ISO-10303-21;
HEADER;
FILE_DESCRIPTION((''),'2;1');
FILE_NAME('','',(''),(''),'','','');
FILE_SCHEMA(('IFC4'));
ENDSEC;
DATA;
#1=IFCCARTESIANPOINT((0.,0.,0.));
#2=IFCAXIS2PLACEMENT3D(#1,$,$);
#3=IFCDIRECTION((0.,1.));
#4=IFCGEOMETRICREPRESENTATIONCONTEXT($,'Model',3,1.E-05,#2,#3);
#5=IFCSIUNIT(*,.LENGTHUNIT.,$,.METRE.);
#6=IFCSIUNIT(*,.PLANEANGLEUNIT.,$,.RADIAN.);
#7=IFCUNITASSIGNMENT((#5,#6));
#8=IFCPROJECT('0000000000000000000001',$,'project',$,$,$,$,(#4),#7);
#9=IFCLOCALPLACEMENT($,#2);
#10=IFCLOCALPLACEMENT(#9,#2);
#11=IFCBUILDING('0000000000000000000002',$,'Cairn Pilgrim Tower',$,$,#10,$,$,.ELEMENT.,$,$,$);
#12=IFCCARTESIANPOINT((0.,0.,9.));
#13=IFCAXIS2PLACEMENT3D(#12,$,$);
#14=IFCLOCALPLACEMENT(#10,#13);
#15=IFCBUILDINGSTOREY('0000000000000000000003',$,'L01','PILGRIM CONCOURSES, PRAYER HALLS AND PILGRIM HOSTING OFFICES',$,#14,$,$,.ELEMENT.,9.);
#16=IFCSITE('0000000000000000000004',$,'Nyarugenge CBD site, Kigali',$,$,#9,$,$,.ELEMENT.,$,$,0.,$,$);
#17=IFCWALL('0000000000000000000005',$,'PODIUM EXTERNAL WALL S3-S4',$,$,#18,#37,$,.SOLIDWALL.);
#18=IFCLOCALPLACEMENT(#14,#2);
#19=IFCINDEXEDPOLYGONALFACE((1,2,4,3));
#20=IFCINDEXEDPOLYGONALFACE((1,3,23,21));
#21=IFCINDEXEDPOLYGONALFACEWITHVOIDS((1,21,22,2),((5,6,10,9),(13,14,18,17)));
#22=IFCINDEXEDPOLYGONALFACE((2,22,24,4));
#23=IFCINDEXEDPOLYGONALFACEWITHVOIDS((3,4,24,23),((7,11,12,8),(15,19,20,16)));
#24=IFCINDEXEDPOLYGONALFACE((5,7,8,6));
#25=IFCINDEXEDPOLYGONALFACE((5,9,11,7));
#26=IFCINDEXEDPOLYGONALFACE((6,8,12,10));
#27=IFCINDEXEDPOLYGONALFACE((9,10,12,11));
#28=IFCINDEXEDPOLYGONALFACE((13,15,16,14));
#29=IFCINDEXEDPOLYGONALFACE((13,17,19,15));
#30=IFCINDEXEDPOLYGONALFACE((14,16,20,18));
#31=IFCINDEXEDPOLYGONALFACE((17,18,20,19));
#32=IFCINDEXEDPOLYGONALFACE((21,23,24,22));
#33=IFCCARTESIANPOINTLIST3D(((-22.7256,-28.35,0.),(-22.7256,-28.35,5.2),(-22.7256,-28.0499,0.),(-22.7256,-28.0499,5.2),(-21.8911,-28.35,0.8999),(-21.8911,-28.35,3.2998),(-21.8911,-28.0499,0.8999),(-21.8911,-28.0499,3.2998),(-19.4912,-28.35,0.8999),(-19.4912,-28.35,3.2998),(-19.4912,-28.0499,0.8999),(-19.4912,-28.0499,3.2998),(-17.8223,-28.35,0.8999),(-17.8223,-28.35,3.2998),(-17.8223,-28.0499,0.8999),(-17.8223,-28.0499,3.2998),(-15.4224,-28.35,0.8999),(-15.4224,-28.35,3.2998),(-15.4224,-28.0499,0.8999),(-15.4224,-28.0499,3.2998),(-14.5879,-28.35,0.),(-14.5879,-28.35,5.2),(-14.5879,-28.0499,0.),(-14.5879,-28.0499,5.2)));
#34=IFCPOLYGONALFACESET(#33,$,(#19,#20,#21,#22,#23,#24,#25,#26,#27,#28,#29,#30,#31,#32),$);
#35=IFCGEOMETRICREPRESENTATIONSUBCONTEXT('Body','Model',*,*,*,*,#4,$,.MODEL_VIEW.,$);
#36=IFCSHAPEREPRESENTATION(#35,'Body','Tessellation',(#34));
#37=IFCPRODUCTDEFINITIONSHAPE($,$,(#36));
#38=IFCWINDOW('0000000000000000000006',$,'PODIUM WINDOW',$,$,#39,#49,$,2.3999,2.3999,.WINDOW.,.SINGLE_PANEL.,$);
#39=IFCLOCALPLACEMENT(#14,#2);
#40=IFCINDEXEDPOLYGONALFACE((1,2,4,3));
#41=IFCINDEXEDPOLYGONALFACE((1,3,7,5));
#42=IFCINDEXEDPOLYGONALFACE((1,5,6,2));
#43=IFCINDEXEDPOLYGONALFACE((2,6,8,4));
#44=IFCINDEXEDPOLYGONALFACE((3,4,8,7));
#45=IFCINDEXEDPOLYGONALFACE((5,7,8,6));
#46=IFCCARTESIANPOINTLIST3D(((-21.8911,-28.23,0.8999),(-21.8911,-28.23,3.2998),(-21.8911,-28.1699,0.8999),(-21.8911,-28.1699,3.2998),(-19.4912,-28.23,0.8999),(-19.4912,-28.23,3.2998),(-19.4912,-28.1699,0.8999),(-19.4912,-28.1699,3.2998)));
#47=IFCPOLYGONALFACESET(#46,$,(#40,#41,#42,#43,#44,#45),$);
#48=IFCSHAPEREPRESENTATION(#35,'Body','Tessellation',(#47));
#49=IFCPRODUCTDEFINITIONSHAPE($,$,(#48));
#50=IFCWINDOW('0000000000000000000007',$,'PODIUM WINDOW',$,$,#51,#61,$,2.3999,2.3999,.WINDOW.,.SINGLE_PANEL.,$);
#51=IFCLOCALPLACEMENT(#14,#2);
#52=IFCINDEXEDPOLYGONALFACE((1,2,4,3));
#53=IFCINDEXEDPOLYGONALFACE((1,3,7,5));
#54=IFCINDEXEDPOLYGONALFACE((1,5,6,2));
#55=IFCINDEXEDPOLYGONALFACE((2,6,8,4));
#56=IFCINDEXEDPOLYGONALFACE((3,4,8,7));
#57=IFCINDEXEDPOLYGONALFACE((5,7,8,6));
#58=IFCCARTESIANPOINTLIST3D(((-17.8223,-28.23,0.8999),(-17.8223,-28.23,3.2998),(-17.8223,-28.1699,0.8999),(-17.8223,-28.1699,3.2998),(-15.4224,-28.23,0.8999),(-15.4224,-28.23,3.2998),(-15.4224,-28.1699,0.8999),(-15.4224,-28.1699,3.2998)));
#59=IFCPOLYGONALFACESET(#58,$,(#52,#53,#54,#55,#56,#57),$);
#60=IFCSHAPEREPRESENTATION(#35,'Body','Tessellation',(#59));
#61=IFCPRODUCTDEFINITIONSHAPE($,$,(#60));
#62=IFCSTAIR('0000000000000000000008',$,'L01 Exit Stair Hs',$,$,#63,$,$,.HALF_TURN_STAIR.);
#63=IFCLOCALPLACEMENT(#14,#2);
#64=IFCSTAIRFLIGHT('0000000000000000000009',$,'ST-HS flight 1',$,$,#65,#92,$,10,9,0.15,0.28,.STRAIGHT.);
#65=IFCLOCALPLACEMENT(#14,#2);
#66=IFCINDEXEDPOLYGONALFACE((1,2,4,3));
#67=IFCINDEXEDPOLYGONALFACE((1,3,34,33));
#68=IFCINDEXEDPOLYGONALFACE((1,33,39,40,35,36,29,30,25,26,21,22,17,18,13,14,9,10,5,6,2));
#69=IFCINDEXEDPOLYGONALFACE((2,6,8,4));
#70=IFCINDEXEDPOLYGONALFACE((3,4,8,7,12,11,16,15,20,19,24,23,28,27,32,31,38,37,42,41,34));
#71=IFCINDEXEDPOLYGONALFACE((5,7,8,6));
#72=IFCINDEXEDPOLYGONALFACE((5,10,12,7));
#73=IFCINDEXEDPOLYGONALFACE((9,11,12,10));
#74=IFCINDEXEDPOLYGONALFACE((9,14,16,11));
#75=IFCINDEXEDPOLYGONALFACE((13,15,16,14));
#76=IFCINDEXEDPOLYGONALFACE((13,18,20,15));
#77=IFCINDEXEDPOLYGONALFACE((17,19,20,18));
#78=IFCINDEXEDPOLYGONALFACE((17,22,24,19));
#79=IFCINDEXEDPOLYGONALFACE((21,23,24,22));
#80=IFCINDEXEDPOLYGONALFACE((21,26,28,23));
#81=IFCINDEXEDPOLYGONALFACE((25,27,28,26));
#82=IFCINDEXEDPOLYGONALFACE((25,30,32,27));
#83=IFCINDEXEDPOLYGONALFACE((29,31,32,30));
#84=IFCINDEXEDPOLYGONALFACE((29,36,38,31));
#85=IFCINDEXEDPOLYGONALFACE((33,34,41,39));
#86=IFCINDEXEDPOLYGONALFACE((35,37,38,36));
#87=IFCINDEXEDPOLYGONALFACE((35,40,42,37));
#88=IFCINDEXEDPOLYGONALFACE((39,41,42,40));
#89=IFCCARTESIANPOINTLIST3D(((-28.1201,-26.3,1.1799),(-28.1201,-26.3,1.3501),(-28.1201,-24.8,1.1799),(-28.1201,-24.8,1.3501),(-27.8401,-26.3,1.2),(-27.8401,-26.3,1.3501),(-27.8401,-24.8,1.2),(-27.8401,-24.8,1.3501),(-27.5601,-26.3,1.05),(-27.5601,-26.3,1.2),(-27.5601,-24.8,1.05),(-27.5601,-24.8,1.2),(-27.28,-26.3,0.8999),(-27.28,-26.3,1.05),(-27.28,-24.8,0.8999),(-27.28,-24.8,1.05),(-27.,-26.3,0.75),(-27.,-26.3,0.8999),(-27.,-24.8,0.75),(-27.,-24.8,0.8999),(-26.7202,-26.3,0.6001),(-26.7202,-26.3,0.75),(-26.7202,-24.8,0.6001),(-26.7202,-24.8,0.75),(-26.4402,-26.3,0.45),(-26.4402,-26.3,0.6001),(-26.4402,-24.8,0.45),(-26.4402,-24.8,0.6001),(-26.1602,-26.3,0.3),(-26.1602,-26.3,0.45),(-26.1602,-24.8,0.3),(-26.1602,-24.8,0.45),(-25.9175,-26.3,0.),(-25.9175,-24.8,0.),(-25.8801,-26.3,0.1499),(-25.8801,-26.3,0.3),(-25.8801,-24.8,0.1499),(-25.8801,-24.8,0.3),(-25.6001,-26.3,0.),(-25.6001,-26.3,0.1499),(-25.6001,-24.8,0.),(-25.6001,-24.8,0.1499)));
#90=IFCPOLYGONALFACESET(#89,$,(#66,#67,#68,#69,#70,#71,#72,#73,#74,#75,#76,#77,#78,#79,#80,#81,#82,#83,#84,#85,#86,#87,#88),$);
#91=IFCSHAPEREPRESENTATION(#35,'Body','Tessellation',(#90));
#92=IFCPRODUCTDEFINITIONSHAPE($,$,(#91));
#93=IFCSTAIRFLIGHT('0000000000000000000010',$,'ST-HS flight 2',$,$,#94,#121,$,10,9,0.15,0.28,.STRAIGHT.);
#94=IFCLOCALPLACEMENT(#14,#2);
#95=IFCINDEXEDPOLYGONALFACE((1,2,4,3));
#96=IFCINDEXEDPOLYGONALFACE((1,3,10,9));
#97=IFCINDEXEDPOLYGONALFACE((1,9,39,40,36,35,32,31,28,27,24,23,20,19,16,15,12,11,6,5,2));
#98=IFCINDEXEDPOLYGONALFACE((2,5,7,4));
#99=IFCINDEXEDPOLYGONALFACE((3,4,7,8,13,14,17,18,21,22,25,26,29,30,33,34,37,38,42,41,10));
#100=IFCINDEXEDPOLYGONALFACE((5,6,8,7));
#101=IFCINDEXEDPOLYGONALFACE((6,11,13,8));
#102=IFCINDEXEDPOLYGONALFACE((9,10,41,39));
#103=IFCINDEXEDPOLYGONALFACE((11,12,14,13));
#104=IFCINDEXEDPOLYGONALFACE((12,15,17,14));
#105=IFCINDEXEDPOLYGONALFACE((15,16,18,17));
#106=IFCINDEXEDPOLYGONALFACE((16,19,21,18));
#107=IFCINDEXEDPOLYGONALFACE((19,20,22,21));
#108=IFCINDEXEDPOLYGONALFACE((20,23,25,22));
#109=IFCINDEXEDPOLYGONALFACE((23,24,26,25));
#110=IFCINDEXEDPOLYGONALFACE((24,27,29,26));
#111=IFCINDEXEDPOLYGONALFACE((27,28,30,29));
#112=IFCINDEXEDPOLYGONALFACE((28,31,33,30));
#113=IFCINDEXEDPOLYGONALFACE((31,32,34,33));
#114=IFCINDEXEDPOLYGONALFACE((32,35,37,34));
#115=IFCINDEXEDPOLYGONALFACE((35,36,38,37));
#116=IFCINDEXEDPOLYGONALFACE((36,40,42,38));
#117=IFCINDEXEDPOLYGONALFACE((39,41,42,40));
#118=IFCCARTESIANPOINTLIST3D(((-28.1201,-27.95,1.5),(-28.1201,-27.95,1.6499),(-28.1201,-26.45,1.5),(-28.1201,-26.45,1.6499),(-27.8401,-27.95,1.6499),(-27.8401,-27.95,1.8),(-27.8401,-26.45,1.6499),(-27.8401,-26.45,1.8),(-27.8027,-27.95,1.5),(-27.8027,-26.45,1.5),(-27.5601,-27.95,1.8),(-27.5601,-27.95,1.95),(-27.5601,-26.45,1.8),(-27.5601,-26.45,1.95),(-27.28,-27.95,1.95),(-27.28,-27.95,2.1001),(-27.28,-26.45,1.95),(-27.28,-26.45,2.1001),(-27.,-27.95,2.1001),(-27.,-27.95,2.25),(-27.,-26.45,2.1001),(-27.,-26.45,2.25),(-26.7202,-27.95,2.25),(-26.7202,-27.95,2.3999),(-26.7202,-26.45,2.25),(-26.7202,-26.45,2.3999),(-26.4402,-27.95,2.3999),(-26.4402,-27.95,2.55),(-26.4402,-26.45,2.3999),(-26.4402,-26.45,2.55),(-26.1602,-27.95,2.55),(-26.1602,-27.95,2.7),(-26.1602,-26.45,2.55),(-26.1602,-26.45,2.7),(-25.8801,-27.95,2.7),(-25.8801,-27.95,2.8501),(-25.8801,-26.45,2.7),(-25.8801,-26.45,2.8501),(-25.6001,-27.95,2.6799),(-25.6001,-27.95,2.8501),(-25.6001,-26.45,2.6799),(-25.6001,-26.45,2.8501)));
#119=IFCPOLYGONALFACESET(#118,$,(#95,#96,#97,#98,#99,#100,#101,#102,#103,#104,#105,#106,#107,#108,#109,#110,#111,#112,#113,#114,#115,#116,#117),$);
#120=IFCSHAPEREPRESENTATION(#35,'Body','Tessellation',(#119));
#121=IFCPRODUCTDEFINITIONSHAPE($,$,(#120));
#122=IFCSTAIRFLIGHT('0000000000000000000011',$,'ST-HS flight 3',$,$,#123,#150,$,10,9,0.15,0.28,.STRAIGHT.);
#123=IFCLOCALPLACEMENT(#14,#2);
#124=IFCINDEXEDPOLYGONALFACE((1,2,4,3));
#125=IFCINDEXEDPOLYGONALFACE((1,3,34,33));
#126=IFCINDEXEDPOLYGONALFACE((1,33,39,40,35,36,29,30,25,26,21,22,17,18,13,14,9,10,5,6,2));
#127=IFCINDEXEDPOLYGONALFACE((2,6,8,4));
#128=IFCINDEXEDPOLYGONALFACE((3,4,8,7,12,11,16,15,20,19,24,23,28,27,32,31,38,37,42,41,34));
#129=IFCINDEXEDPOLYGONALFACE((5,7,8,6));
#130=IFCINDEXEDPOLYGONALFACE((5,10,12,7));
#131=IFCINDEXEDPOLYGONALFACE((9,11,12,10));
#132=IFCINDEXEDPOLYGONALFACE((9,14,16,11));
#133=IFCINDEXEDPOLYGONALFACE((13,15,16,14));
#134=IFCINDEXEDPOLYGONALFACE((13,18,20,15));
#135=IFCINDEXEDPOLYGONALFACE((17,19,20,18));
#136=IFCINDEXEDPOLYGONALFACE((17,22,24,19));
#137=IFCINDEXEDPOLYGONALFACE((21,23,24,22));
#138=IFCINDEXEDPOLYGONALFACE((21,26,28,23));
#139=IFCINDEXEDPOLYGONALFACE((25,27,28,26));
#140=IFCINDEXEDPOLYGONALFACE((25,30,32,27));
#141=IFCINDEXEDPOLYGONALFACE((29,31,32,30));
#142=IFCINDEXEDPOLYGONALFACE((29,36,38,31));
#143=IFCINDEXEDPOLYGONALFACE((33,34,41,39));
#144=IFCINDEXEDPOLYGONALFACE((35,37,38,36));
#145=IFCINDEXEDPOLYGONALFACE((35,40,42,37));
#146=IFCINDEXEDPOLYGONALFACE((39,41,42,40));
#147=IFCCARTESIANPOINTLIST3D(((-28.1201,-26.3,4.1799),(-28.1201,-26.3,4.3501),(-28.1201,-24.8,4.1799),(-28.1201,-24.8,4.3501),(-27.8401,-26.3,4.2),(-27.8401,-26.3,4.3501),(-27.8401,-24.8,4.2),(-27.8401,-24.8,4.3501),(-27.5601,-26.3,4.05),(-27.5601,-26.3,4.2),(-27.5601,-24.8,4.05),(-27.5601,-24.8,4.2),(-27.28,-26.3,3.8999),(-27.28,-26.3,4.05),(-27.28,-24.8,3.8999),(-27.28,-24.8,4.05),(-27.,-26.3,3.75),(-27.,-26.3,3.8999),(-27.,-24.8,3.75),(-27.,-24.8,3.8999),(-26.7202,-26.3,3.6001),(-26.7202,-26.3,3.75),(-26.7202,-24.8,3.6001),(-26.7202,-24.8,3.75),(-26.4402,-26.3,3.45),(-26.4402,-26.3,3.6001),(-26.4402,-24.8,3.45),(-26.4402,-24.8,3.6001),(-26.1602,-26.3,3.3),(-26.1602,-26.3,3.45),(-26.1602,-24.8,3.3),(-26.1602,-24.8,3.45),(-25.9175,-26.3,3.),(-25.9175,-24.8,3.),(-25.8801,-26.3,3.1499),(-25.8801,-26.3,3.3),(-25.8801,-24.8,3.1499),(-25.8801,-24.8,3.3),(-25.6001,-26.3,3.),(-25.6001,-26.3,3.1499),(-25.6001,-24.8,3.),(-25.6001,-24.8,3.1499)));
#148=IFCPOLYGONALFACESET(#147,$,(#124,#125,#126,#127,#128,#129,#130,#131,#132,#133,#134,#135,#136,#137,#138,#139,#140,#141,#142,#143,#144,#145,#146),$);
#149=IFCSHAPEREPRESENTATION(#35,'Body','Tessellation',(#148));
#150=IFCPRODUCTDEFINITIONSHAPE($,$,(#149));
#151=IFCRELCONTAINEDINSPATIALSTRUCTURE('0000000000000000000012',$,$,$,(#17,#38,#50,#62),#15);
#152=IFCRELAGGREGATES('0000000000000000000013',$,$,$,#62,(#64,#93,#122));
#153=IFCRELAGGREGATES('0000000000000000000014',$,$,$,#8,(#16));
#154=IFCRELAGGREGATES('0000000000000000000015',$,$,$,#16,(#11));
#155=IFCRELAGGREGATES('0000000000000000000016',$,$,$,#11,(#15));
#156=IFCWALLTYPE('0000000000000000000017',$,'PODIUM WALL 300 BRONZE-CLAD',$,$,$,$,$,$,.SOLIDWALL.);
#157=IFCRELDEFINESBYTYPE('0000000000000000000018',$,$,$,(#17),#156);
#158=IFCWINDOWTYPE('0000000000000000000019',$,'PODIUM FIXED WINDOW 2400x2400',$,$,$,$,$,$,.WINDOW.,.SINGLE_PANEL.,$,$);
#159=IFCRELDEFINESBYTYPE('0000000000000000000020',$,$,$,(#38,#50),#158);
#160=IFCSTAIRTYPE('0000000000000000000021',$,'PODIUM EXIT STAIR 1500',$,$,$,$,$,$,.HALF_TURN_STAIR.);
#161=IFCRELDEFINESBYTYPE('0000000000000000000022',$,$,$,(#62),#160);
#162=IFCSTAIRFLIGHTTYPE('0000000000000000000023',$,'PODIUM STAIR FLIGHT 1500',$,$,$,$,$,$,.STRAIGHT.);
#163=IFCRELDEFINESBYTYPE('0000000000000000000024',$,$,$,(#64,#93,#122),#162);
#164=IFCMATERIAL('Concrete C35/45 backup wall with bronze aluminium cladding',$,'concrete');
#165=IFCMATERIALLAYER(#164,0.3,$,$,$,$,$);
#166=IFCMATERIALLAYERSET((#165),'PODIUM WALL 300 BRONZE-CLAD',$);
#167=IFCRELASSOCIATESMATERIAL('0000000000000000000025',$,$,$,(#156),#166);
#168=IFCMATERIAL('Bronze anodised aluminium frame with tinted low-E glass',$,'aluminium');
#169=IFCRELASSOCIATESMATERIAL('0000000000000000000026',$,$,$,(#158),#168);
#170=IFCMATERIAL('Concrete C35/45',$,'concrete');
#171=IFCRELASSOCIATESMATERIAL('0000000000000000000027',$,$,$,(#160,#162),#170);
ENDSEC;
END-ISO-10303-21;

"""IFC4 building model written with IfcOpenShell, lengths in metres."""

from ifc_helpers import new_model, si_unit, direction, frame, frame_2d, origin, place, context, subcontext, project, spatial, polyline, rectangle, outline, extrude, material, layer, layer_set, type_object, element, fill, aggregate, save


model = new_model("IFC4")

# Units and contexts
model_context = context("Model", 3, precision=1e-05, world=origin(), true_north=direction((0.0, 1.0)))
body_context = subcontext(model_context, "Body", "Model", "MODEL_VIEW")
ifc_project = project(units=[si_unit("LENGTHUNIT", "METRE"), si_unit("PLANEANGLEUNIT", "RADIAN")], contexts=[model_context])

# Site, building, storey
site_placement = place(None, origin())
site = spatial("IfcSite", under=ifc_project, at=site_placement, Name="Nyarugenge CBD site, Kigali", CompositionType="ELEMENT", RefElevation=0.0)
building_placement = place(site_placement, origin())
building = spatial("IfcBuilding", under=site, at=building_placement, Name="Cairn Pilgrim Tower", CompositionType="ELEMENT")
storey_placement = place(building_placement, frame((0.0, 0.0, 9.0)))
storey = spatial("IfcBuildingStorey", under=building, at=storey_placement, Name="L01", Description="PILGRIM CONCOURSES, PRAYER HALLS AND PILGRIM HOSTING OFFICES", CompositionType="ELEMENT", Elevation=9.0)

# Shared definitions
ifc_material_1 = material(Name="Concrete C35/45", Category="concrete")

# Wall, openings, windows
ifc_material_2 = material(Name="Concrete C35/45 backup wall with bronze aluminium cladding", Category="concrete")
ifc_layer_1 = layer(ifc_material_2, 0.3)
ifc_layer_set_1 = layer_set([ifc_layer_1], Name="PODIUM WALL 300 BRONZE-CLAD")
wall_type_1 = type_object("IfcWallType", Name="PODIUM WALL 300 BRONZE-CLAD", PredefinedType="SOLIDWALL", material=ifc_layer_set_1)
wall_1_placement = place(storey_placement, frame((-22.7256, -28.2, 0.0), z_axis=(0.0, 0.0, 1.0), x_axis=(1.0, 0.0, 0.0)))
wall_1 = element("IfcWall", 1, at=wall_1_placement, inside=storey, type_object=wall_type_1, Name="PODIUM EXTERNAL WALL S3-S4", PredefinedType="SOLIDWALL", context=body_context, shape_type="SweptSolid", body=[
    extrude(rectangle(XDim=8.1377, YDim=0.3, at=frame_2d((4.0688, 0.0))), origin(), (0.0, 0.0, 1.0), 5.2),
])
opening_1_placement = place(wall_1_placement, frame((0.8345, 0.0, 0.8999)))
opening_1 = element("IfcOpeningElement", 2, at=opening_1_placement, cuts=wall_1, PredefinedType="OPENING", context=body_context, shape_type="SweptSolid", body=[
    extrude(rectangle(XDim=2.3999, YDim=2.3999, at=frame_2d((1.2, 1.2))), frame((0.0, 0.1602, 0.0), z_axis=(0.0, -1.0, 0.0), x_axis=(1.0, 0.0, 0.0)), (0.0, 0.0, 1.0), 0.3201),
])
opening_2_placement = place(wall_1_placement, frame((4.9033, 0.0, 0.8999)))
opening_2 = element("IfcOpeningElement", 3, at=opening_2_placement, cuts=wall_1, PredefinedType="OPENING", context=body_context, shape_type="SweptSolid", body=[
    extrude(rectangle(XDim=2.3999, YDim=2.3999, at=frame_2d((1.2, 1.2))), frame((0.0, 0.1602, 0.0), z_axis=(0.0, -1.0, 0.0), x_axis=(1.0, 0.0, 0.0)), (0.0, 0.0, 1.0), 0.3201),
])
ifc_material_3 = material(Name="Bronze anodised aluminium frame with tinted low-E glass", Category="aluminium")
window_type = type_object("IfcWindowType", Name="PODIUM FIXED WINDOW 2400x2400", PartitioningType="SINGLE_PANEL", PredefinedType="WINDOW", material=ifc_material_3)
window_1_placement = place(opening_1_placement, origin())
window_1 = element("IfcWindow", 4, at=window_1_placement, inside=storey, type_object=window_type, Name="PODIUM WINDOW", OverallHeight=2.3999, OverallWidth=2.3999, PartitioningType="SINGLE_PANEL", PredefinedType="WINDOW", context=body_context, shape_type="SweptSolid", body=[
    extrude(rectangle(XDim=2.3999, YDim=2.3999, at=frame_2d((1.2, 1.2))), frame((0.0, 0.03, 0.0), z_axis=(0.0, -1.0, 0.0), x_axis=(1.0, 0.0, 0.0)), (0.0, 0.0, 1.0), 0.0601),
])
fill(opening_1, window_1)
window_2_placement = place(opening_2_placement, origin())
window_2 = element("IfcWindow", 5, at=window_2_placement, inside=storey, type_object=window_type, Name="PODIUM WINDOW", OverallHeight=2.3999, OverallWidth=2.3999, PartitioningType="SINGLE_PANEL", PredefinedType="WINDOW", context=body_context, shape_type="SweptSolid", body=[
    extrude(rectangle(XDim=2.3999, YDim=2.3999, at=frame_2d((1.2, 1.2))), frame((0.0, 0.03, 0.0), z_axis=(0.0, -1.0, 0.0), x_axis=(1.0, 0.0, 0.0)), (0.0, 0.0, 1.0), 0.0601),
])
fill(opening_2, window_2)

# Stair, stair flights
stair_type = type_object("IfcStairType", Name="PODIUM EXIT STAIR 1500", PredefinedType="HALF_TURN_STAIR", material=ifc_material_1)
stair_placement = place(storey_placement, origin())
stair = element("IfcStair", 6, at=stair_placement, inside=storey, type_object=stair_type, Name="L01 Exit Stair Hs", PredefinedType="HALF_TURN_STAIR")
stair_flight_type = type_object("IfcStairFlightType", Name="PODIUM STAIR FLIGHT 1500", PredefinedType="STRAIGHT", material=ifc_material_1)
stair_flight_1_placement = place(storey_placement, frame((-25.6001, -25.55, 0.0), z_axis=(0.0, 0.0, 1.0), x_axis=(-1.0, 0.0, 0.0)))
stair_flight_1 = element("IfcStairFlight", 7, at=stair_flight_1_placement, type_object=stair_flight_type, Name="ST-HS flight 1", NumberOfRisers=10, NumberOfTreads=9, PredefinedType="STRAIGHT", RiserHeight=0.15, TreadLength=0.28, context=body_context, shape_type="SweptSolid", body=[
    extrude(outline(polyline([(0.0, 0.0), (0.0, 0.1499), (0.28, 0.1499), (0.28, 0.3), (0.5601, 0.3), (0.5601, 0.45), (0.8401, 0.45), (0.8401, 0.6001), (1.1201, 0.6001), (1.1201, 0.75), (1.3999, 0.75), (1.3999, 0.8999), (1.6799, 0.8999), (1.6799, 1.05), (1.96, 1.05), (1.96, 1.2), (2.24, 1.2), (2.24, 1.3501), (2.52, 1.3501), (2.52, 1.5), (2.52, 1.1799), (0.3174, 0.0), (0.0, 0.0)])), frame((0.0, 0.75, 0.0), z_axis=(0.0, -1.0, 0.0), x_axis=(1.0, 0.0, 0.0)), (0.0, 0.0, 1.0), 1.5),
])
stair_flight_2_placement = place(storey_placement, frame((-28.1201, -27.2, 1.5), z_axis=(0.0, 0.0, 1.0), x_axis=(1.0, 0.0, 0.0)))
stair_flight_2 = element("IfcStairFlight", 8, at=stair_flight_2_placement, type_object=stair_flight_type, Name="ST-HS flight 2", NumberOfRisers=10, NumberOfTreads=9, PredefinedType="STRAIGHT", RiserHeight=0.15, TreadLength=0.28, context=body_context, shape_type="SweptSolid", body=[
    extrude(outline(polyline([(0.0, 0.0), (0.0, 0.1499), (0.28, 0.1499), (0.28, 0.3), (0.5601, 0.3), (0.5601, 0.45), (0.8401, 0.45), (0.8401, 0.6001), (1.1201, 0.6001), (1.1201, 0.75), (1.3999, 0.75), (1.3999, 0.8999), (1.6799, 0.8999), (1.6799, 1.05), (1.96, 1.05), (1.96, 1.2), (2.24, 1.2), (2.24, 1.3501), (2.52, 1.3501), (2.52, 1.5), (2.52, 1.1799), (0.3174, 0.0), (0.0, 0.0)])), frame((0.0, 0.75, 0.0), z_axis=(0.0, -1.0, 0.0), x_axis=(1.0, 0.0, 0.0)), (0.0, 0.0, 1.0), 1.5),
])
stair_flight_3_placement = place(storey_placement, frame((-25.6001, -25.55, 3.0), z_axis=(0.0, 0.0, 1.0), x_axis=(-1.0, 0.0, 0.0)))
stair_flight_3 = element("IfcStairFlight", 9, at=stair_flight_3_placement, type_object=stair_flight_type, Name="ST-HS flight 3", NumberOfRisers=10, NumberOfTreads=9, PredefinedType="STRAIGHT", RiserHeight=0.15, TreadLength=0.28, context=body_context, shape_type="SweptSolid", body=[
    extrude(outline(polyline([(0.0, 0.0), (0.0, 0.1499), (0.28, 0.1499), (0.28, 0.3), (0.5601, 0.3), (0.5601, 0.45), (0.8401, 0.45), (0.8401, 0.6001), (1.1201, 0.6001), (1.1201, 0.75), (1.3999, 0.75), (1.3999, 0.8999), (1.6799, 0.8999), (1.6799, 1.05), (1.96, 1.05), (1.96, 1.2), (2.24, 1.2), (2.24, 1.3501), (2.52, 1.3501), (2.52, 1.5), (2.52, 1.1799), (0.3174, 0.0), (0.0, 0.0)])), frame((0.0, 0.75, 0.0), z_axis=(0.0, -1.0, 0.0), x_axis=(1.0, 0.0, 0.0)), (0.0, 0.0, 1.0), 1.5),
])
aggregate(stair, [stair_flight_1, stair_flight_2, stair_flight_3])

save(model, "model.ifc")
